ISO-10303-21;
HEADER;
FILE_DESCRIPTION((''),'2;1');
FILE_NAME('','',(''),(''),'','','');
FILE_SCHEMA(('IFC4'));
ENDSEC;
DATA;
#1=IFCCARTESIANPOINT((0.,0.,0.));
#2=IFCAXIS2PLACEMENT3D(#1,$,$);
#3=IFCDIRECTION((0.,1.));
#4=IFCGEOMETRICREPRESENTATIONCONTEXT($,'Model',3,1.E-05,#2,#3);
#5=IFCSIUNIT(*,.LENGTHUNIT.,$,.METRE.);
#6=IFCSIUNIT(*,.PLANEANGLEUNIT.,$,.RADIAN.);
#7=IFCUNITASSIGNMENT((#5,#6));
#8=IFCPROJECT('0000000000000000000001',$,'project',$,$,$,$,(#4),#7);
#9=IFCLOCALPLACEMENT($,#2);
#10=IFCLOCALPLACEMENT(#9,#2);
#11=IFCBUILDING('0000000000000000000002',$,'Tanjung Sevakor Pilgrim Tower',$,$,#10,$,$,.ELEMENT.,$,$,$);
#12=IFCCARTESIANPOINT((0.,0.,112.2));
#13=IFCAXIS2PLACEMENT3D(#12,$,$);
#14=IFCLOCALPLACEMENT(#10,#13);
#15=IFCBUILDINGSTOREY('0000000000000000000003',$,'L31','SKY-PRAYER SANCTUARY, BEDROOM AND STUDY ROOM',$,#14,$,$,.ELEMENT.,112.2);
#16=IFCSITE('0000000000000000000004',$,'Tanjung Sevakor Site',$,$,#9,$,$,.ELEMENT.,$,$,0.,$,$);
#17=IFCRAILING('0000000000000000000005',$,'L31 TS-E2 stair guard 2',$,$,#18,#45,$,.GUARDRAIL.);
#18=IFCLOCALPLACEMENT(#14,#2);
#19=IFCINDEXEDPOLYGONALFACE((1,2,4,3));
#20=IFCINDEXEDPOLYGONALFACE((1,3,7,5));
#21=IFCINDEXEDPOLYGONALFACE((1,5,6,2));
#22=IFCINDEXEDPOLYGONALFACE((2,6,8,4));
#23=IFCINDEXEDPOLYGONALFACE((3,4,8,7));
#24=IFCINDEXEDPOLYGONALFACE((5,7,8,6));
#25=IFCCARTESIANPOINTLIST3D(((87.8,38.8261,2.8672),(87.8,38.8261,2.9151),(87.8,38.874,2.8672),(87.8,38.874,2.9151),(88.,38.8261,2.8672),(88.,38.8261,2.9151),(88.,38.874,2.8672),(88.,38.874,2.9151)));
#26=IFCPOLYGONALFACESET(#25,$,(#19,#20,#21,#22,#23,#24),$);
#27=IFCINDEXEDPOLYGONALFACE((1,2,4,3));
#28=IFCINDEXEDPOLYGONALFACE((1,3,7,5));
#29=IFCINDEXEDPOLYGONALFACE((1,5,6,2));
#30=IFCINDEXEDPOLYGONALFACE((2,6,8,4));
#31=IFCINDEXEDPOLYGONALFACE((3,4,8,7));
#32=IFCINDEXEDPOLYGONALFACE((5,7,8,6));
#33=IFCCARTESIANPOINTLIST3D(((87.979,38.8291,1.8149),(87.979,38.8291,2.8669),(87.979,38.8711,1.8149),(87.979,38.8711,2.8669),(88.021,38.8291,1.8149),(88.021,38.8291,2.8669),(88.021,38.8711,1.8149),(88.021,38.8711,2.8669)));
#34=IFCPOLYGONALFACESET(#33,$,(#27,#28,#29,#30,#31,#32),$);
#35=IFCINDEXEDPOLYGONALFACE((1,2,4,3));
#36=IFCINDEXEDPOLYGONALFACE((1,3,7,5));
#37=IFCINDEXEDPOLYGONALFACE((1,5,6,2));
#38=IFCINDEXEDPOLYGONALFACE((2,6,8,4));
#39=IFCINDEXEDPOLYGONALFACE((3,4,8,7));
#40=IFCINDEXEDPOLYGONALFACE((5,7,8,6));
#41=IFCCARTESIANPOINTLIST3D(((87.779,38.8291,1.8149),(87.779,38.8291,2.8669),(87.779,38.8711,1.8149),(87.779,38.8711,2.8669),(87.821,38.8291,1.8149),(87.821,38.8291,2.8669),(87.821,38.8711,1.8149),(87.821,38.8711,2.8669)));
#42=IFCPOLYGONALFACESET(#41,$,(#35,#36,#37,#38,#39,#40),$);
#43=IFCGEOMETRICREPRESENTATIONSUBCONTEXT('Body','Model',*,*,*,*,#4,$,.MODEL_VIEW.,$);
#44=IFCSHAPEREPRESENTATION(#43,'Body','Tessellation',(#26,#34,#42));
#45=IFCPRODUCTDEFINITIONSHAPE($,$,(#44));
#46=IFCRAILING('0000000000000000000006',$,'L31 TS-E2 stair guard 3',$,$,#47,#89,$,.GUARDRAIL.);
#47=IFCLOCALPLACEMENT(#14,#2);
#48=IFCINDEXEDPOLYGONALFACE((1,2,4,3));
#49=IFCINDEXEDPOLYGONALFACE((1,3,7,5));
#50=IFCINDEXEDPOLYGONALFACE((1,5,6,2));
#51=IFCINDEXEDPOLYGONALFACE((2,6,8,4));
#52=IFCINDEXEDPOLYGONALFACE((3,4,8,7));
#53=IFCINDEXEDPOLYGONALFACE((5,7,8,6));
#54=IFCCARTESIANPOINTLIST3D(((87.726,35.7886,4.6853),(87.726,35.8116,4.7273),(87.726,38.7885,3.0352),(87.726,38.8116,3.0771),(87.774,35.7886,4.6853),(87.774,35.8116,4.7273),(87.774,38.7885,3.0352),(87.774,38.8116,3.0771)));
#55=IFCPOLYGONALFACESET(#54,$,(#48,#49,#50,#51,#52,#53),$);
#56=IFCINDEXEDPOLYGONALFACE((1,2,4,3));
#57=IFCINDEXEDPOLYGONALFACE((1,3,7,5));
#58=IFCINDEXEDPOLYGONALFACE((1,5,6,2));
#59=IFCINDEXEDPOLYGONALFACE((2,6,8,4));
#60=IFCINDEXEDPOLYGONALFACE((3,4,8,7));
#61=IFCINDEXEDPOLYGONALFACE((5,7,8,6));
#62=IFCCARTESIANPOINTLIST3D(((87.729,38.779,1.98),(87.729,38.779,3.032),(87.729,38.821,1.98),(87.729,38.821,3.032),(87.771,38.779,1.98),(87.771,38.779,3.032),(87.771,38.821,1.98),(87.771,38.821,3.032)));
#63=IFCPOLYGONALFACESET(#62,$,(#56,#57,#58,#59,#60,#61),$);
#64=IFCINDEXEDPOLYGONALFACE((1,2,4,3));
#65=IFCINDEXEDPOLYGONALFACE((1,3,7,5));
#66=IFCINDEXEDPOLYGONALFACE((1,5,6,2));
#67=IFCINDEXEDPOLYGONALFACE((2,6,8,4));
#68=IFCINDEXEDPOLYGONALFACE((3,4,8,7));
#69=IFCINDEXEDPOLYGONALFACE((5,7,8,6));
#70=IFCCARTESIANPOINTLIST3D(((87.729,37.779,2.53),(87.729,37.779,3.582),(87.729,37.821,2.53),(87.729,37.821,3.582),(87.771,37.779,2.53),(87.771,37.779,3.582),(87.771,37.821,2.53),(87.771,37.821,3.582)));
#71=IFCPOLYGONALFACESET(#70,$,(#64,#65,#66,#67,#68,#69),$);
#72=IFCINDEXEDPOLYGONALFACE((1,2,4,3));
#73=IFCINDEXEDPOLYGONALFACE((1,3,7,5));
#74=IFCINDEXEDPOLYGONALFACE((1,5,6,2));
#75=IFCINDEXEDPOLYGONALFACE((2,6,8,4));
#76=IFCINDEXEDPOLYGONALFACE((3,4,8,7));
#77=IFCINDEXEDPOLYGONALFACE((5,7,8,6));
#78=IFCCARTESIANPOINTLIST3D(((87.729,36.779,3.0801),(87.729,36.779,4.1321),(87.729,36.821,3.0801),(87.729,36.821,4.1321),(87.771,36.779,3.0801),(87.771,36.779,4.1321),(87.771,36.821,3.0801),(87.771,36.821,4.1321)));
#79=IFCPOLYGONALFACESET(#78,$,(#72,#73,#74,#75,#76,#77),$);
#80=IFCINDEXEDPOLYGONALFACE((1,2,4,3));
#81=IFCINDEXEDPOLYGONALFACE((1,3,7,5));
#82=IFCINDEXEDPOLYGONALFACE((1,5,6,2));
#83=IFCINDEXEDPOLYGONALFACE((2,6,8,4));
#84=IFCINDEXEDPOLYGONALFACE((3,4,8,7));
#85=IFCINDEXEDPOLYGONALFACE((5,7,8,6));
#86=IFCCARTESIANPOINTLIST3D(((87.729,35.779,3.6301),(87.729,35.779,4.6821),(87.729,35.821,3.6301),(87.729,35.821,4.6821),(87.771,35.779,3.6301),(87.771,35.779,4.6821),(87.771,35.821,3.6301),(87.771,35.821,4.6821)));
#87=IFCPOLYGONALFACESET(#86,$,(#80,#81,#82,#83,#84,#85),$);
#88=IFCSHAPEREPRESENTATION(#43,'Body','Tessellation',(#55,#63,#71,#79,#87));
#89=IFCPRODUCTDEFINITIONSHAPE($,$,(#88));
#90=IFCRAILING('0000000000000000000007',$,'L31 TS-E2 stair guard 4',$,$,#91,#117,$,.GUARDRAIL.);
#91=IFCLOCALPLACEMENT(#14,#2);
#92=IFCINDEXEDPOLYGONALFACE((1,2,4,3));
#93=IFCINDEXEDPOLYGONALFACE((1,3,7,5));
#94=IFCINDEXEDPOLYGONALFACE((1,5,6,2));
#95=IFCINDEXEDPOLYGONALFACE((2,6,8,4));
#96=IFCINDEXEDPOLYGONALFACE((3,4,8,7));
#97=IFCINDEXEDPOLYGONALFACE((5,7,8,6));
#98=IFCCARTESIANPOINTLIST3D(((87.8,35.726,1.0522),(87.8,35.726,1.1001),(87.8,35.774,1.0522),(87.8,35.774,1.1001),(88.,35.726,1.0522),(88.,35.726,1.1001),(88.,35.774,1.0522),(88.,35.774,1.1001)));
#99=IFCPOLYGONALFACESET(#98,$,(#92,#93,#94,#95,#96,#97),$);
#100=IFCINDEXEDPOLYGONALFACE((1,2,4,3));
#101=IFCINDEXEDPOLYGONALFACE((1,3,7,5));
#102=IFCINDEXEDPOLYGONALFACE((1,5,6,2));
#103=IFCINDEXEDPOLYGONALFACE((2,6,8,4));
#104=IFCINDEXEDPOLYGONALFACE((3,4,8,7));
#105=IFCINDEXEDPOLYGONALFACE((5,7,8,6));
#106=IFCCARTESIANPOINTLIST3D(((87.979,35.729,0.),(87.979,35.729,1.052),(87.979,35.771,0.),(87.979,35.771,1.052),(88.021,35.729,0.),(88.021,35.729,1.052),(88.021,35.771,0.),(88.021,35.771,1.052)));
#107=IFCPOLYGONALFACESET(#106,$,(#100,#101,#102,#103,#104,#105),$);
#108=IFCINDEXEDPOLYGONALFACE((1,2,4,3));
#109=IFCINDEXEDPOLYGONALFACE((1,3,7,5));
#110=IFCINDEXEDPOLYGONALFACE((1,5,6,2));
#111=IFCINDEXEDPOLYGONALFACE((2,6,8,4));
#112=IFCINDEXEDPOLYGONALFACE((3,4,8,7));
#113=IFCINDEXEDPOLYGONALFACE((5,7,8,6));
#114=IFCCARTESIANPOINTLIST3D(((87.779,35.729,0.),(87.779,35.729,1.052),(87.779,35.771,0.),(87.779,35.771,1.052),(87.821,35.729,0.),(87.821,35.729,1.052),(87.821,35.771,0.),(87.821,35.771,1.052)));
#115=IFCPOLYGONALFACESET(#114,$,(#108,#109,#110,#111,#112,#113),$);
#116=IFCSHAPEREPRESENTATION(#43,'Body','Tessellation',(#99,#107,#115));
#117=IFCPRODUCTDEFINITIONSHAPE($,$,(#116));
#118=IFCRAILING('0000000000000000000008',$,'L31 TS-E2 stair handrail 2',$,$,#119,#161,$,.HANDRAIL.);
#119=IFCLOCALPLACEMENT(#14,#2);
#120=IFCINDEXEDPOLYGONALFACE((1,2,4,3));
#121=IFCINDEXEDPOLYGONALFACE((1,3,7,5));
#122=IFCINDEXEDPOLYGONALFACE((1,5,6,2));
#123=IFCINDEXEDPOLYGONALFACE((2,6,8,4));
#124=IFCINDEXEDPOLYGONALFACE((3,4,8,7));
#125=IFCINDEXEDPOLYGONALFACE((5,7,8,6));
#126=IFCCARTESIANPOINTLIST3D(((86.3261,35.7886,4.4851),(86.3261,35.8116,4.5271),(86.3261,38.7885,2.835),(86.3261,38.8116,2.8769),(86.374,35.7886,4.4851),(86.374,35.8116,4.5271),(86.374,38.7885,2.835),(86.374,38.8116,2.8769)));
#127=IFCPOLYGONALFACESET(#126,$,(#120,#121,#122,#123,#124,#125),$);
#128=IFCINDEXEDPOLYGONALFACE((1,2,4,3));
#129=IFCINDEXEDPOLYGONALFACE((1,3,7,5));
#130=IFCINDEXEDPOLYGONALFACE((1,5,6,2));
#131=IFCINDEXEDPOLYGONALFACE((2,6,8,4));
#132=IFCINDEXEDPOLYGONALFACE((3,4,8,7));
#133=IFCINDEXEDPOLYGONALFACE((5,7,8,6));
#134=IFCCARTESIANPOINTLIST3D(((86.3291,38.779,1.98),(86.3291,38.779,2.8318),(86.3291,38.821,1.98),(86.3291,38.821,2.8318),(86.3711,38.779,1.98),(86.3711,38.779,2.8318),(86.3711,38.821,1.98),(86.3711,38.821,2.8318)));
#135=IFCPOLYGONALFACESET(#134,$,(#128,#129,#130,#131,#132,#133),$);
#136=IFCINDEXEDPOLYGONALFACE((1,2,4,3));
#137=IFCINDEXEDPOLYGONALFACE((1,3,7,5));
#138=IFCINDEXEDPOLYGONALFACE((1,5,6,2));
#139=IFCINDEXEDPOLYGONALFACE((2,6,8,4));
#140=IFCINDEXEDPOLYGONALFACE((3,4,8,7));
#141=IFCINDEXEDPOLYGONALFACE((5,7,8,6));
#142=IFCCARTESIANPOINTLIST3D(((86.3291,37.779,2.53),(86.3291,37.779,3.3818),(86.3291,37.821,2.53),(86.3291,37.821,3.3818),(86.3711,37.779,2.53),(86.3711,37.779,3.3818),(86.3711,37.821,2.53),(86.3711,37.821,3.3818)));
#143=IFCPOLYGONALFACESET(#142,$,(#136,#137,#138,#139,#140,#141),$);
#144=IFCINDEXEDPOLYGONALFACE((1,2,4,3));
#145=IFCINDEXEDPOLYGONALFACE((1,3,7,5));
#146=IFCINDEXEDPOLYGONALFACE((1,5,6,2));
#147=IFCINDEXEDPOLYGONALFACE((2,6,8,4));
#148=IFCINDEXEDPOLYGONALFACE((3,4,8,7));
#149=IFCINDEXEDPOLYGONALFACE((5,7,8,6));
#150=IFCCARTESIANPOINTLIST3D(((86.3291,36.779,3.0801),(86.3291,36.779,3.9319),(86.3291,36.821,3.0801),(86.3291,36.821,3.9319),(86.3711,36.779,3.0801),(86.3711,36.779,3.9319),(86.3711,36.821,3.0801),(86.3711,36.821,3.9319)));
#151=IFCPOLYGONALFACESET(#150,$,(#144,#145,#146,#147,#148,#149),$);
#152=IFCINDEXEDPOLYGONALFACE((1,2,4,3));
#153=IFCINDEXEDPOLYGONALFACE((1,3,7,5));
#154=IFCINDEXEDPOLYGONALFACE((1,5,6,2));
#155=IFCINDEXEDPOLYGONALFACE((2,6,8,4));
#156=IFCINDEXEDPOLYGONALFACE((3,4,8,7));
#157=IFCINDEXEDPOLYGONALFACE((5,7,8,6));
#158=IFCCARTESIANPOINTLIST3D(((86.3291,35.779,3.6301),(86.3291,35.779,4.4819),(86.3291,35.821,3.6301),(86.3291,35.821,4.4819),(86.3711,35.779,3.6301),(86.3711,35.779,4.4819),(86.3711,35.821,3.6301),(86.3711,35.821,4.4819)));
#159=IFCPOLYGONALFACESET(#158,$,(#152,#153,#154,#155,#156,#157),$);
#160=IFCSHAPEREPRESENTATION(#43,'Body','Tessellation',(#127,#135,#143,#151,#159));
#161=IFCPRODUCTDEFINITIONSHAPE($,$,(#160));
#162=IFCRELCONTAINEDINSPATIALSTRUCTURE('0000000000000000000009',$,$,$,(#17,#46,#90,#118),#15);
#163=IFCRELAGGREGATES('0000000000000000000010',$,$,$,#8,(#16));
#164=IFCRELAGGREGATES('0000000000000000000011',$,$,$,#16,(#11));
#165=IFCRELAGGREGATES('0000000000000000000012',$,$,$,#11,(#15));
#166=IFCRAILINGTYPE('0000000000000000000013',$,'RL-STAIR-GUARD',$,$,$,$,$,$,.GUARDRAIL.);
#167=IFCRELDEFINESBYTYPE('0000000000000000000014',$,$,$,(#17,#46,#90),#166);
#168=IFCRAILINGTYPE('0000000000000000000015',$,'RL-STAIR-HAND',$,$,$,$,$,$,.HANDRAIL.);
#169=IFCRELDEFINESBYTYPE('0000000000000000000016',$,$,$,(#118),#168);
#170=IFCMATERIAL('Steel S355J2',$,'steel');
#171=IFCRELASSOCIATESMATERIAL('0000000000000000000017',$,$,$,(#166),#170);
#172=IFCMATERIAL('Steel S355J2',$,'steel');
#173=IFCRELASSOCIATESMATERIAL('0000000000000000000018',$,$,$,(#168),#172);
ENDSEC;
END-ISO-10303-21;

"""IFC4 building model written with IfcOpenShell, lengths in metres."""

from ifc_helpers import new_model, si_unit, direction, frame, origin, place, context, subcontext, project, spatial, rectangle, extrude, material, type_object, element, save


model = new_model("IFC4")

# Units and contexts
model_context = context("Model", 3, precision=1e-05, world=origin(), true_north=direction((0.0, 1.0)))
body_context = subcontext(model_context, "Body", "Model", "MODEL_VIEW")
ifc_project = project(units=[si_unit("LENGTHUNIT", "METRE"), si_unit("PLANEANGLEUNIT", "RADIAN")], contexts=[model_context])

# Site, building, storey
site_placement = place(None, origin())
site = spatial("IfcSite", under=ifc_project, at=site_placement, Name="Tanjung Sevakor Site", CompositionType="ELEMENT", RefElevation=0.0)
building_placement = place(site_placement, origin())
building = spatial("IfcBuilding", under=site, at=building_placement, Name="Tanjung Sevakor Pilgrim Tower", CompositionType="ELEMENT")
storey_placement = place(building_placement, frame((0.0, 0.0, 112.2)))
storey = spatial("IfcBuildingStorey", under=building, at=storey_placement, Name="L31", Description="SKY-PRAYER SANCTUARY, BEDROOM AND STUDY ROOM", CompositionType="ELEMENT", Elevation=112.2)

# Railings
ifc_material_1 = material(Name="Steel S355J2", Category="steel")
railing_type_1 = type_object("IfcRailingType", Name="RL-STAIR-GUARD", PredefinedType="GUARDRAIL", material=ifc_material_1)
railing_1_placement = place(storey_placement, frame((88.0, 38.8501, 1.8149)))
element("IfcRailing", 1, at=railing_1_placement, inside=storey, type_object=railing_type_1, Name="L31 TS-E2 stair guard 2", PredefinedType="GUARDRAIL", context=body_context, shape_type="SweptSolid", body=[
    extrude(rectangle(XDim=0.0479, YDim=0.0479), frame((0.0, 0.0, 1.0762), z_axis=(-1.0, 0.0, 0.0), x_axis=(0.0, -1.0, 0.0)), (0.0, 0.0, 1.0), 0.2),
    extrude(rectangle(XDim=0.042, YDim=0.042), origin(), (0.0, 0.0, 1.0), 1.052),
    extrude(rectangle(XDim=0.042, YDim=0.042), frame((-0.2, 0.0, 0.0)), (0.0, 0.0, 1.0), 1.052),
])
railing_2_placement = place(storey_placement, frame((87.75, 38.8, 1.98)))
element("IfcRailing", 2, at=railing_2_placement, inside=storey, type_object=railing_type_1, Name="L31 TS-E2 stair guard 3", PredefinedType="GUARDRAIL", context=body_context, shape_type="SweptSolid", body=[
    extrude(rectangle(XDim=0.0479, YDim=0.0479), frame((0.0, 0.0, 1.0762), z_axis=(0.0, -0.876198, 0.481952), x_axis=(1.0, 0.0, 0.0)), (0.0, 0.0, 1.0), 3.4238),
    extrude(rectangle(XDim=0.042, YDim=0.042), origin(), (0.0, 0.0, 1.0), 1.052),
    extrude(rectangle(XDim=0.042, YDim=0.042), frame((0.0, -1.0, 0.55)), (0.0, 0.0, 1.0), 1.052),
    extrude(rectangle(XDim=0.042, YDim=0.042), frame((0.0, -2.0, 1.1001)), (0.0, 0.0, 1.0), 1.052),
    extrude(rectangle(XDim=0.042, YDim=0.042), frame((0.0, -3.0, 1.6501)), (0.0, 0.0, 1.0), 1.052),
])
railing_3_placement = place(storey_placement, frame((88.0, 35.75, 0.0)))
element("IfcRailing", 3, at=railing_3_placement, inside=storey, type_object=railing_type_1, Name="L31 TS-E2 stair guard 4", PredefinedType="GUARDRAIL", context=body_context, shape_type="SweptSolid", body=[
    extrude(rectangle(XDim=0.0479, YDim=0.0479), frame((0.0, 0.0, 1.0762), z_axis=(-1.0, 0.0, 0.0), x_axis=(0.0, -1.0, 0.0)), (0.0, 0.0, 1.0), 0.2),
    extrude(rectangle(XDim=0.042, YDim=0.042), origin(), (0.0, 0.0, 1.0), 1.052),
    extrude(rectangle(XDim=0.042, YDim=0.042), frame((-0.2, 0.0, 0.0)), (0.0, 0.0, 1.0), 1.052),
])
ifc_material_2 = material(Name="Steel S355J2", Category="steel")
railing_type_2 = type_object("IfcRailingType", Name="RL-STAIR-HAND", PredefinedType="HANDRAIL", material=ifc_material_2)
railing_4_placement = place(storey_placement, frame((86.3501, 38.8, 1.98)))
element("IfcRailing", 4, at=railing_4_placement, inside=storey, type_object=railing_type_2, Name="L31 TS-E2 stair handrail 2", PredefinedType="HANDRAIL", context=body_context, shape_type="SweptSolid", body=[
    extrude(rectangle(XDim=0.0479, YDim=0.0479), frame((0.0, 0.0, 0.876), z_axis=(0.0, -0.876198, 0.481952), x_axis=(1.0, 0.0, 0.0)), (0.0, 0.0, 1.0), 3.4238),
    extrude(rectangle(XDim=0.042, YDim=0.042), origin(), (0.0, 0.0, 1.0), 0.8518),
    extrude(rectangle(XDim=0.042, YDim=0.042), frame((0.0, -1.0, 0.55)), (0.0, 0.0, 1.0), 0.8518),
    extrude(rectangle(XDim=0.042, YDim=0.042), frame((0.0, -2.0, 1.1001)), (0.0, 0.0, 1.0), 0.8518),
    extrude(rectangle(XDim=0.042, YDim=0.042), frame((0.0, -3.0, 1.6501)), (0.0, 0.0, 1.0), 0.8518),
])

save(model, "model.ifc")
